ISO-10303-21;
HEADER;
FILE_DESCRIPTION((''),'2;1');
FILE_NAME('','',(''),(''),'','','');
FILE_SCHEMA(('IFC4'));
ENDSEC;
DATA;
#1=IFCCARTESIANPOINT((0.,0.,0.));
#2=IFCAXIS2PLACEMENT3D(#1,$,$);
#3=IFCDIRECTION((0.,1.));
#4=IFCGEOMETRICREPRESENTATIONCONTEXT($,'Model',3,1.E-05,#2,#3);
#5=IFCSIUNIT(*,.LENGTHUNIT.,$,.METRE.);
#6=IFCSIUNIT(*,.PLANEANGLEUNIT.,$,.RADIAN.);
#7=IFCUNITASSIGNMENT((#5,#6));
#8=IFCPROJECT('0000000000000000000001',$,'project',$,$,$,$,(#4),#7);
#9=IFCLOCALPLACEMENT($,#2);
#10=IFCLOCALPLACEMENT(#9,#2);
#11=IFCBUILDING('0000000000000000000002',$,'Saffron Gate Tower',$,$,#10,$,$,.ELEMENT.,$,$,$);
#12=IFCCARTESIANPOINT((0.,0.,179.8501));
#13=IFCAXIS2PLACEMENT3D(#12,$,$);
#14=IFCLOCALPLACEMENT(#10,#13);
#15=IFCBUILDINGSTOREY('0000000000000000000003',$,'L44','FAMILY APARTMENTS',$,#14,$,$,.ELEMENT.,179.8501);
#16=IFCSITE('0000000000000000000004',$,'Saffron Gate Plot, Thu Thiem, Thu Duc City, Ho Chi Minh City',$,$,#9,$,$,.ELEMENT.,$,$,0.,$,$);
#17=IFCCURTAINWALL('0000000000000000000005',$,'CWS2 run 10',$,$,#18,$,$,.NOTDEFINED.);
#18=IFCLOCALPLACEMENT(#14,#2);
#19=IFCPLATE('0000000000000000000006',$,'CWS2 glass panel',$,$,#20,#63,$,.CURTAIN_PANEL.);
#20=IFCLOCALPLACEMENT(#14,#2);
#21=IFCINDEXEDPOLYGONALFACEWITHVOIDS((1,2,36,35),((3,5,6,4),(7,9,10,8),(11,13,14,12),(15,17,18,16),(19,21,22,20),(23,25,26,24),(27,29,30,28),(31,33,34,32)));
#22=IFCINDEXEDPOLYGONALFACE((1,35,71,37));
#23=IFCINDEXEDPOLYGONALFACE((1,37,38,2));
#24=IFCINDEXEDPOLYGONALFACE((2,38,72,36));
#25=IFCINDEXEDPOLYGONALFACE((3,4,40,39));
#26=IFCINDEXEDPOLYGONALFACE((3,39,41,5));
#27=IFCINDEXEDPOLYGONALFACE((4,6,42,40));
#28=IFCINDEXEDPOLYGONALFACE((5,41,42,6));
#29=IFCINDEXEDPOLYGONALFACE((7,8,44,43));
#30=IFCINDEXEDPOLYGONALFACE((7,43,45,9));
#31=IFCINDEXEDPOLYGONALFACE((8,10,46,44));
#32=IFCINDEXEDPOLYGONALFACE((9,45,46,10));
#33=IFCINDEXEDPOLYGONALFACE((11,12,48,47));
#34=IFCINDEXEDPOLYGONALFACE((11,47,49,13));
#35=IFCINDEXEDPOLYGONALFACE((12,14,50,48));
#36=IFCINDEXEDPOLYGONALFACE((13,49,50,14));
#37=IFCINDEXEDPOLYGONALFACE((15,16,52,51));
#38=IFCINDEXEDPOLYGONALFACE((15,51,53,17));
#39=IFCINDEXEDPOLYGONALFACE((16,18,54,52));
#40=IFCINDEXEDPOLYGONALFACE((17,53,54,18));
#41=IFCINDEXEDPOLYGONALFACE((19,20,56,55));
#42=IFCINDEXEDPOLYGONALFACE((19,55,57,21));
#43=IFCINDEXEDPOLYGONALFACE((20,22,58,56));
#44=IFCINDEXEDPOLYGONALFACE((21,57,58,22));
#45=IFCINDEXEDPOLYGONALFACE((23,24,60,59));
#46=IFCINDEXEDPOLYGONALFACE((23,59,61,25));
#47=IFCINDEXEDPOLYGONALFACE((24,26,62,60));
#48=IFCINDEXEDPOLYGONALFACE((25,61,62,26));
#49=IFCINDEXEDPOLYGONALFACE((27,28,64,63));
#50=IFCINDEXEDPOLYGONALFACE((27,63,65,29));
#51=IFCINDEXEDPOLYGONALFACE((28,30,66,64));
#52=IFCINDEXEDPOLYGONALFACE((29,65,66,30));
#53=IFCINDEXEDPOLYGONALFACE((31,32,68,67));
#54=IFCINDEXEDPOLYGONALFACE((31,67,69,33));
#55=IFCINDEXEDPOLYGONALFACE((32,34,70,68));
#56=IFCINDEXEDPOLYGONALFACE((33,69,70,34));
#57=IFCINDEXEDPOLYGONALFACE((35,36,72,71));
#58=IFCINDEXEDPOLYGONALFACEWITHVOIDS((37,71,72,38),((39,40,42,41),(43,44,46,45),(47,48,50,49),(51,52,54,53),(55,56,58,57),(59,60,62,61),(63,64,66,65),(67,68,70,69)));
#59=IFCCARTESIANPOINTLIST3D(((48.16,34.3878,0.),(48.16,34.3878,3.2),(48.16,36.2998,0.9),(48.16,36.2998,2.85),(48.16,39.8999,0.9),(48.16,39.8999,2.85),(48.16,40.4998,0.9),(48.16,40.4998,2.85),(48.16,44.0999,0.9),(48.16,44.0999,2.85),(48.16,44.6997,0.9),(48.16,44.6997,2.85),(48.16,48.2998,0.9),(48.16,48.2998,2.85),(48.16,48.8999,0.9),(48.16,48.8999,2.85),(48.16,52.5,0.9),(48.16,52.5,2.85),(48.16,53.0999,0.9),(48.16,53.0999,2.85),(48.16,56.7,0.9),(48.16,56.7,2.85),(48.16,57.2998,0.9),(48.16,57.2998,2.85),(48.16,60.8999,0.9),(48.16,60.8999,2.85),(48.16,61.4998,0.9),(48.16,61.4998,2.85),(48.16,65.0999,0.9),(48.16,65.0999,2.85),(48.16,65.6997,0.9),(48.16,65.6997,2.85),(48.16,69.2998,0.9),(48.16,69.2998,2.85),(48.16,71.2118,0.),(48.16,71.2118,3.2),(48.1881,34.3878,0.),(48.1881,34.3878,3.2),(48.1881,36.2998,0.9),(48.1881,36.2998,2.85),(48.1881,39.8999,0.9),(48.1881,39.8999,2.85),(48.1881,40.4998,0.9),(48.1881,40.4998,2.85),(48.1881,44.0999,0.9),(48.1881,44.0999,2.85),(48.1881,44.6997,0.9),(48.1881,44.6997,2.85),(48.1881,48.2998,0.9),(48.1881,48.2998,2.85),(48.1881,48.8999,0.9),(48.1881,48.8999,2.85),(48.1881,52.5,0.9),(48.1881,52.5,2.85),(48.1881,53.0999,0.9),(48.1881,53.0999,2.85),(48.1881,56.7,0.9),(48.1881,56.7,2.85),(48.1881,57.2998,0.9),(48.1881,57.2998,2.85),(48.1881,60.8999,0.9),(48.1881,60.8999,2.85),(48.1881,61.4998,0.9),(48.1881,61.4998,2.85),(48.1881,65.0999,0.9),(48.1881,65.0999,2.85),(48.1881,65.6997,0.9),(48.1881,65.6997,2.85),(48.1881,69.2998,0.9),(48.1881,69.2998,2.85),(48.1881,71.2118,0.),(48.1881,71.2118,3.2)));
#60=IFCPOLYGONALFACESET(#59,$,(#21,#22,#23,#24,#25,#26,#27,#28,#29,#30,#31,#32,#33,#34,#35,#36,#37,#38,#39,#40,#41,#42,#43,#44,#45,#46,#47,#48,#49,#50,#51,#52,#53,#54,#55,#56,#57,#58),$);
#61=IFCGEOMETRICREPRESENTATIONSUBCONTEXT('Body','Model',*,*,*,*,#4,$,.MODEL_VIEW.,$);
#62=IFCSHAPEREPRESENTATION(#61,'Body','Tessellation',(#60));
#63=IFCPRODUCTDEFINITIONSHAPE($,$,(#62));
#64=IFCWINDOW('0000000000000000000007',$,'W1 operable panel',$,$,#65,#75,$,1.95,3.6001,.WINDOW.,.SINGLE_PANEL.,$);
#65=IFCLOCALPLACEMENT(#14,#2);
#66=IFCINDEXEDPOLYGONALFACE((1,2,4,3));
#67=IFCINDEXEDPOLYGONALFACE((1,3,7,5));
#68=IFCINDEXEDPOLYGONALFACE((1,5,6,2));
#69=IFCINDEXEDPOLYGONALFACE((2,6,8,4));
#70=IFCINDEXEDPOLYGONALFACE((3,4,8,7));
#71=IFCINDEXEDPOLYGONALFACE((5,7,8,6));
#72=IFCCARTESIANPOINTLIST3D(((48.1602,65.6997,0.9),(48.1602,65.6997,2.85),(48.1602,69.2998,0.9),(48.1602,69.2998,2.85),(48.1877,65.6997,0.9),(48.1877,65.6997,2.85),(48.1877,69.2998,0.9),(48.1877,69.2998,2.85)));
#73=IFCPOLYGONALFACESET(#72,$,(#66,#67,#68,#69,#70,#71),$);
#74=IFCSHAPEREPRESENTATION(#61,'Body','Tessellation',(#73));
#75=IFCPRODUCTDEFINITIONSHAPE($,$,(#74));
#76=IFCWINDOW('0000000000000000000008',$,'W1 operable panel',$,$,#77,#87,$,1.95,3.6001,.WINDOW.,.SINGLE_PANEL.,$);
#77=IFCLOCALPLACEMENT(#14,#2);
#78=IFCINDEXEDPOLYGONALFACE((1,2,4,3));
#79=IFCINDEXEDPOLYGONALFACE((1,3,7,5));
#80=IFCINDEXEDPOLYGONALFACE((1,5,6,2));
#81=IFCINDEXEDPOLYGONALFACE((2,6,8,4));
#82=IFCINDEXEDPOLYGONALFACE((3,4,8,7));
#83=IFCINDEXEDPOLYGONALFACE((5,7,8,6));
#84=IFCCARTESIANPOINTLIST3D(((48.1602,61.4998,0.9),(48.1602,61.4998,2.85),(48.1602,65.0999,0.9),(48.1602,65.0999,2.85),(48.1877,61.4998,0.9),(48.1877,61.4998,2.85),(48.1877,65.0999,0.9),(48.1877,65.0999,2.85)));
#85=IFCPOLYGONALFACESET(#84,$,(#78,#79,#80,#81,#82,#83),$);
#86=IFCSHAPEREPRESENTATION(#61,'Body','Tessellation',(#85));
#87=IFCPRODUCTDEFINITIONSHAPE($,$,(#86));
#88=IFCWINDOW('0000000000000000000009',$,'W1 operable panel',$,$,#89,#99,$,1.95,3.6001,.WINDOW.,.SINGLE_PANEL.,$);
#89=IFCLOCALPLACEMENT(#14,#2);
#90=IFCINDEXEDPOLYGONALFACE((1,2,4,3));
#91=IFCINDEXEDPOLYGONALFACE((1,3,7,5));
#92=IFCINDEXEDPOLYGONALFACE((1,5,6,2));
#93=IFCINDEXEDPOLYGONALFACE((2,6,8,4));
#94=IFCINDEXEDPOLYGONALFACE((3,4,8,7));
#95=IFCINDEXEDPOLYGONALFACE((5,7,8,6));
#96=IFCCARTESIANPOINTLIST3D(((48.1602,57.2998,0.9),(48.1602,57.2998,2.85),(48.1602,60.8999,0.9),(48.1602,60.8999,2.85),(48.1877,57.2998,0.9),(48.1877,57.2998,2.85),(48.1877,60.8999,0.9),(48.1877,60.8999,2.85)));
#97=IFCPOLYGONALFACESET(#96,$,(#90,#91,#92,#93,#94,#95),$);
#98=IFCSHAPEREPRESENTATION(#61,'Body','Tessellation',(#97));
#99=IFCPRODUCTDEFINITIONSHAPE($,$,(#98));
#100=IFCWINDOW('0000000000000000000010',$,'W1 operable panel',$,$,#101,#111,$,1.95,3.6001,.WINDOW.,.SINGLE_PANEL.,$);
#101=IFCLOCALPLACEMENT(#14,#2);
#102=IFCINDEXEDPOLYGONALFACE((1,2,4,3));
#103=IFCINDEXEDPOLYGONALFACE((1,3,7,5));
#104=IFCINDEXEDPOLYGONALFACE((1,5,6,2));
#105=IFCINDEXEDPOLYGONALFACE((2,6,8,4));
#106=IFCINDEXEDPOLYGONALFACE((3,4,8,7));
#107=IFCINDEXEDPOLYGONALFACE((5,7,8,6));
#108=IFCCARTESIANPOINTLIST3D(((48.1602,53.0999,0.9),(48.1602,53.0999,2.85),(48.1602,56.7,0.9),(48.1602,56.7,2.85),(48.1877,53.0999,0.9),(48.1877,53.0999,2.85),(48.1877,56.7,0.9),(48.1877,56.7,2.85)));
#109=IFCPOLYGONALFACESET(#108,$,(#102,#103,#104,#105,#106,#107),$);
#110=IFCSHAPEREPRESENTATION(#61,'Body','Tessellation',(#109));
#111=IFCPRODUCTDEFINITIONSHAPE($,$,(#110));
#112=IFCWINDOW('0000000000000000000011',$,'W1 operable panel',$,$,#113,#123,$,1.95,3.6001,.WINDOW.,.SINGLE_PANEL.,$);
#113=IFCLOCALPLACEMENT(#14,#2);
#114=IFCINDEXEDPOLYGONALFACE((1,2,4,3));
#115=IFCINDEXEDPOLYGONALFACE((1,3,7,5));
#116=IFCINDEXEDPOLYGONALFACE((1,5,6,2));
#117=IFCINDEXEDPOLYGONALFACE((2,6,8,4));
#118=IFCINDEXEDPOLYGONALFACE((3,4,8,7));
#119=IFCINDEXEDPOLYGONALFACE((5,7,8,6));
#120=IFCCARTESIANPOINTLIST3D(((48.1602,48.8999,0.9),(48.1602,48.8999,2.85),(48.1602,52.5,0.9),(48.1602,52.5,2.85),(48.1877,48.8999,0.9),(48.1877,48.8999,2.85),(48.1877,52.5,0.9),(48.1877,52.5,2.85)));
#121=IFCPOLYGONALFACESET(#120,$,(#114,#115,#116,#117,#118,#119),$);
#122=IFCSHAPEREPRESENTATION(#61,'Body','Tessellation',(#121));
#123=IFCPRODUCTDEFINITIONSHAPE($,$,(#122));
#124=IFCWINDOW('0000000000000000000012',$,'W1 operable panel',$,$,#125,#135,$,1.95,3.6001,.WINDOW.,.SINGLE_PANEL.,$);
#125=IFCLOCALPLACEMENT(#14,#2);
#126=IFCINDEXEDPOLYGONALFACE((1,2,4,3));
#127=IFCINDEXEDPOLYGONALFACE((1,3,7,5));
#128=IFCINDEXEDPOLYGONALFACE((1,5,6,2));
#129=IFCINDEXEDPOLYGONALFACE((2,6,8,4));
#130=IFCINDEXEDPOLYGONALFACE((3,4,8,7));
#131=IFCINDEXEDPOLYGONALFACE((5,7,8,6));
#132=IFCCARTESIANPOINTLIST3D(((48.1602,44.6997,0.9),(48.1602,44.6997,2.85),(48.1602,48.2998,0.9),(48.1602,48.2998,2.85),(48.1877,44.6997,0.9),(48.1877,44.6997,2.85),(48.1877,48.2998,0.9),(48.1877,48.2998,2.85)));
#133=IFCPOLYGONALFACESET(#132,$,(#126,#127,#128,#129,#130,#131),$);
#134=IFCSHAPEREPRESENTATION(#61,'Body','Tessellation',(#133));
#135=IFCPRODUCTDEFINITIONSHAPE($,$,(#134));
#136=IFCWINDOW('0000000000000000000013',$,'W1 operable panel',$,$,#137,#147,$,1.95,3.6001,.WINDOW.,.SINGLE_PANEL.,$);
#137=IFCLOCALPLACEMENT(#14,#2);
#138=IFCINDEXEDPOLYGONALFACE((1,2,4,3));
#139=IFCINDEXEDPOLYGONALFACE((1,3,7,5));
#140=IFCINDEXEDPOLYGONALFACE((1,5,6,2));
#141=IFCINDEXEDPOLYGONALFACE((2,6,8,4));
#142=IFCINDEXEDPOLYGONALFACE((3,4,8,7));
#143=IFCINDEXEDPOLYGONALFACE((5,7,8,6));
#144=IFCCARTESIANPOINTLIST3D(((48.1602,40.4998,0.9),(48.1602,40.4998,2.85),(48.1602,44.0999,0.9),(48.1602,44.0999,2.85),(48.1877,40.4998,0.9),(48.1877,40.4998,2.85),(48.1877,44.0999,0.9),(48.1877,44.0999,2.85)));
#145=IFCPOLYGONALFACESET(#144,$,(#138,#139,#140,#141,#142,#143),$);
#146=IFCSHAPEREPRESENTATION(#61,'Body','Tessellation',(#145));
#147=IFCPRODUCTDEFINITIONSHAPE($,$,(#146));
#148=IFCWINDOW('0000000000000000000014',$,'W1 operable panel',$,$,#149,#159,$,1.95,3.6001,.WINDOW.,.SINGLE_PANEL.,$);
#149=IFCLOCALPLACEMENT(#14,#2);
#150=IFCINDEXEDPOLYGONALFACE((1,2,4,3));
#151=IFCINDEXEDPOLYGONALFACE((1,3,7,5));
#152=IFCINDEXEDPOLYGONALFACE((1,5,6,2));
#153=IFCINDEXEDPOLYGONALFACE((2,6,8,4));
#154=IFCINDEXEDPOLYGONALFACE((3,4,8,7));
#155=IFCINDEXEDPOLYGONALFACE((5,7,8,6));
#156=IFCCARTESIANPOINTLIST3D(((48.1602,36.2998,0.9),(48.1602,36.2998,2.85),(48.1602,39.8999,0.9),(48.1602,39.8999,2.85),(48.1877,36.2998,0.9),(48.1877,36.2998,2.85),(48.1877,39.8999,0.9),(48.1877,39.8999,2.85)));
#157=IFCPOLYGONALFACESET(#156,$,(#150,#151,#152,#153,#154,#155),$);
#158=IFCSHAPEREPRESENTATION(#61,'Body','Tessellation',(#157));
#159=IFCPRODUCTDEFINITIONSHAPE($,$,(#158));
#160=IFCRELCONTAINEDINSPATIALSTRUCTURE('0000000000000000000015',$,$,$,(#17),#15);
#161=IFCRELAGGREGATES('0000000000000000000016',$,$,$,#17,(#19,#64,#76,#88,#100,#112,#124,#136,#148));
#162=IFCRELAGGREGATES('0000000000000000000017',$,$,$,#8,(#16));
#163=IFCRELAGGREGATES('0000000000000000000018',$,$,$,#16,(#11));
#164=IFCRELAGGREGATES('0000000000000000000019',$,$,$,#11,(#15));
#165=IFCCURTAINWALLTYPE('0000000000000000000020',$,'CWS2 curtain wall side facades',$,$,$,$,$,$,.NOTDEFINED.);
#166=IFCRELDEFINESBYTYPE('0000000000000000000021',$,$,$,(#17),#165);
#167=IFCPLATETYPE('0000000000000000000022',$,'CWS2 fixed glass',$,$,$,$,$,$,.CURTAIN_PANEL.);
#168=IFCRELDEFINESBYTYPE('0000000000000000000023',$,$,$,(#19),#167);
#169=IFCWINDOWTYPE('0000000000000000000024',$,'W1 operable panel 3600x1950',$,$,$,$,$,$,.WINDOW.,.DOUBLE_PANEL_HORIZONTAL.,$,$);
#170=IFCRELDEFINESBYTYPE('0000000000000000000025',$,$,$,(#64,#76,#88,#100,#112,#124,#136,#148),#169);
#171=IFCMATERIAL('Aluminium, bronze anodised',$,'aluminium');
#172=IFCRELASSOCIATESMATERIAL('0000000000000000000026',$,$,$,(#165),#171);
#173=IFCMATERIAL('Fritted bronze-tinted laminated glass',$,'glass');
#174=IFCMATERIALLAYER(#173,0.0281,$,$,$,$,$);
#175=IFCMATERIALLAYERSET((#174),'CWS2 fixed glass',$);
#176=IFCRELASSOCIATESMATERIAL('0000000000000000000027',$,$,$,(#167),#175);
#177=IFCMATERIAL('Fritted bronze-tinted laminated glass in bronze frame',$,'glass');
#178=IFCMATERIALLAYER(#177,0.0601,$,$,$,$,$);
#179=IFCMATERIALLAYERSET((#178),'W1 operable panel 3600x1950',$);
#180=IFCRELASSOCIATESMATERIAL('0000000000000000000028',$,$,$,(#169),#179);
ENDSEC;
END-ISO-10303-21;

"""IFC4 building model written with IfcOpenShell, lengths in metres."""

from ifc_helpers import new_model, si_unit, direction, frame, frame_2d, origin, place, context, subcontext, project, spatial, rectangle, extrude, material, layer, layer_set, type_object, element, fill, aggregate, save


model = new_model("IFC4")

# Units and contexts
model_context = context("Model", 3, precision=1e-05, world=origin(), true_north=direction((0.0, 1.0)))
body_context = subcontext(model_context, "Body", "Model", "MODEL_VIEW")
ifc_project = project(units=[si_unit("LENGTHUNIT", "METRE"), si_unit("PLANEANGLEUNIT", "RADIAN")], contexts=[model_context])

# Site, building, storey
site_placement = place(None, origin())
site = spatial("IfcSite", under=ifc_project, at=site_placement, Name="Saffron Gate Plot, Thu Thiem, Thu Duc City, Ho Chi Minh City", CompositionType="ELEMENT", RefElevation=0.0)
building_placement = place(site_placement, origin())
building = spatial("IfcBuilding", under=site, at=building_placement, Name="Saffron Gate Tower", CompositionType="ELEMENT")
storey_placement = place(building_placement, frame((0.0, 0.0, 179.8501)))
storey = spatial("IfcBuildingStorey", under=building, at=storey_placement, Name="L44", Description="FAMILY APARTMENTS", CompositionType="ELEMENT", Elevation=179.8501)

# Curtain wall
ifc_material_1 = material(Name="Aluminium, bronze anodised", Category="aluminium")
curtain_wall_type_1 = type_object("IfcCurtainWallType", Name="CWS2 curtain wall side facades", PredefinedType="NOTDEFINED", material=ifc_material_1)
curtain_wall_1_placement = place(storey_placement, origin())
curtain_wall_1 = element("IfcCurtainWall", 1, at=curtain_wall_1_placement, inside=storey, type_object=curtain_wall_type_1, Name="CWS2 run 10", PredefinedType="NOTDEFINED")

# Plate, openings, windows
ifc_material_2 = material(Name="Fritted bronze-tinted laminated glass", Category="glass")
ifc_layer_1 = layer(ifc_material_2, 0.0281)
ifc_layer_set_1 = layer_set([ifc_layer_1], Name="CWS2 fixed glass")
plate_type_1 = type_object("IfcPlateType", Name="CWS2 fixed glass", PredefinedType="CURTAIN_PANEL", material=ifc_layer_set_1)
plate_1_placement = place(storey_placement, frame((48.1741, 71.2119, 0.0), z_axis=(0.0, 0.0, 1.0), x_axis=(0.0, -1.0, 0.0)))
plate_1 = element("IfcPlate", 2, at=plate_1_placement, type_object=plate_type_1, Name="CWS2 glass panel", PredefinedType="CURTAIN_PANEL", context=body_context, shape_type="SweptSolid", body=[
    extrude(rectangle(XDim=36.824, YDim=0.0281, at=frame_2d((18.4121, 0.0))), origin(), (0.0, 0.0, 1.0), 3.2),
])
opening_1_placement = place(plate_1_placement, frame((1.9121, 0.0, 0.8999)))
opening_1 = element("IfcOpeningElement", 3, at=opening_1_placement, cuts=plate_1, PredefinedType="OPENING", context=body_context, shape_type="SweptSolid", body=[
    extrude(rectangle(XDim=3.6001, YDim=1.95, at=frame_2d((1.8, 0.9751))), frame((0.0, 0.0239, 0.0), z_axis=(0.0, -1.0, 0.0), x_axis=(1.0, 0.0, 0.0)), (0.0, 0.0, 1.0), 0.0481),
])
opening_2_placement = place(plate_1_placement, frame((6.1121, 0.0, 0.8999)))
opening_2 = element("IfcOpeningElement", 4, at=opening_2_placement, cuts=plate_1, PredefinedType="OPENING", context=body_context, shape_type="SweptSolid", body=[
    extrude(rectangle(XDim=3.6001, YDim=1.95, at=frame_2d((1.8, 0.9751))), frame((0.0, 0.0239, 0.0), z_axis=(0.0, -1.0, 0.0), x_axis=(1.0, 0.0, 0.0)), (0.0, 0.0, 1.0), 0.0481),
])
opening_3_placement = place(plate_1_placement, frame((10.312, 0.0, 0.8999)))
opening_3 = element("IfcOpeningElement", 5, at=opening_3_placement, cuts=plate_1, PredefinedType="OPENING", context=body_context, shape_type="SweptSolid", body=[
    extrude(rectangle(XDim=3.6001, YDim=1.95, at=frame_2d((1.8, 0.9751))), frame((0.0, 0.0239, 0.0), z_axis=(0.0, -1.0, 0.0), x_axis=(1.0, 0.0, 0.0)), (0.0, 0.0, 1.0), 0.0481),
])
opening_4_placement = place(plate_1_placement, frame((14.512, 0.0, 0.8999)))
opening_4 = element("IfcOpeningElement", 6, at=opening_4_placement, cuts=plate_1, PredefinedType="OPENING", context=body_context, shape_type="SweptSolid", body=[
    extrude(rectangle(XDim=3.6001, YDim=1.95, at=frame_2d((1.8, 0.9751))), frame((0.0, 0.0239, 0.0), z_axis=(0.0, -1.0, 0.0), x_axis=(1.0, 0.0, 0.0)), (0.0, 0.0, 1.0), 0.0481),
])
opening_5_placement = place(plate_1_placement, frame((18.7119, 0.0, 0.8999)))
opening_5 = element("IfcOpeningElement", 7, at=opening_5_placement, cuts=plate_1, PredefinedType="OPENING", context=body_context, shape_type="SweptSolid", body=[
    extrude(rectangle(XDim=3.6001, YDim=1.95, at=frame_2d((1.8, 0.9751))), frame((0.0, 0.0239, 0.0), z_axis=(0.0, -1.0, 0.0), x_axis=(1.0, 0.0, 0.0)), (0.0, 0.0, 1.0), 0.0481),
])
opening_6_placement = place(plate_1_placement, frame((22.9121, 0.0, 0.8999)))
opening_6 = element("IfcOpeningElement", 8, at=opening_6_placement, cuts=plate_1, PredefinedType="OPENING", context=body_context, shape_type="SweptSolid", body=[
    extrude(rectangle(XDim=3.6001, YDim=1.95, at=frame_2d((1.8, 0.9751))), frame((0.0, 0.0239, 0.0), z_axis=(0.0, -1.0, 0.0), x_axis=(1.0, 0.0, 0.0)), (0.0, 0.0, 1.0), 0.0481),
])
opening_7_placement = place(plate_1_placement, frame((27.1121, 0.0, 0.8999)))
opening_7 = element("IfcOpeningElement", 9, at=opening_7_placement, cuts=plate_1, PredefinedType="OPENING", context=body_context, shape_type="SweptSolid", body=[
    extrude(rectangle(XDim=3.6001, YDim=1.95, at=frame_2d((1.8, 0.9751))), frame((0.0, 0.0239, 0.0), z_axis=(0.0, -1.0, 0.0), x_axis=(1.0, 0.0, 0.0)), (0.0, 0.0, 1.0), 0.0481),
])
opening_8_placement = place(plate_1_placement, frame((31.312, 0.0, 0.8999)))
opening_8 = element("IfcOpeningElement", 10, at=opening_8_placement, cuts=plate_1, PredefinedType="OPENING", context=body_context, shape_type="SweptSolid", body=[
    extrude(rectangle(XDim=3.6001, YDim=1.95, at=frame_2d((1.8, 0.9751))), frame((0.0, 0.0239, 0.0), z_axis=(0.0, -1.0, 0.0), x_axis=(1.0, 0.0, 0.0)), (0.0, 0.0, 1.0), 0.0481),
])
ifc_material_3 = material(Name="Fritted bronze-tinted laminated glass in bronze frame", Category="glass")
ifc_layer_2 = layer(ifc_material_3, 0.0601)
ifc_layer_set_2 = layer_set([ifc_layer_2], Name="W1 operable panel 3600x1950")
window_type = type_object("IfcWindowType", Name="W1 operable panel 3600x1950", PartitioningType="DOUBLE_PANEL_HORIZONTAL", PredefinedType="WINDOW", material=ifc_layer_set_2)
window_1_placement = place(opening_1_placement, origin())
window_1 = element("IfcWindow", 11, at=window_1_placement, type_object=window_type, Name="W1 operable panel", OverallHeight=1.95, OverallWidth=3.6001, PartitioningType="SINGLE_PANEL", PredefinedType="WINDOW", context=body_context, shape_type="SweptSolid", body=[
    extrude(rectangle(XDim=3.6001, YDim=1.95, at=frame_2d((1.8, 0.9751))), frame((0.0, 0.0137, 0.0), z_axis=(0.0, -1.0, 0.0), x_axis=(1.0, 0.0, 0.0)), (0.0, 0.0, 1.0), 0.0276),
])
fill(opening_1, window_1)
window_2_placement = place(opening_2_placement, origin())
window_2 = element("IfcWindow", 12, at=window_2_placement, type_object=window_type, Name="W1 operable panel", OverallHeight=1.95, OverallWidth=3.6001, PartitioningType="SINGLE_PANEL", PredefinedType="WINDOW", context=body_context, shape_type="SweptSolid", body=[
    extrude(rectangle(XDim=3.6001, YDim=1.95, at=frame_2d((1.8, 0.9751))), frame((0.0, 0.0137, 0.0), z_axis=(0.0, -1.0, 0.0), x_axis=(1.0, 0.0, 0.0)), (0.0, 0.0, 1.0), 0.0276),
])
fill(opening_2, window_2)
window_3_placement = place(opening_3_placement, origin())
window_3 = element("IfcWindow", 13, at=window_3_placement, type_object=window_type, Name="W1 operable panel", OverallHeight=1.95, OverallWidth=3.6001, PartitioningType="SINGLE_PANEL", PredefinedType="WINDOW", context=body_context, shape_type="SweptSolid", body=[
    extrude(rectangle(XDim=3.6001, YDim=1.95, at=frame_2d((1.8, 0.9751))), frame((0.0, 0.0137, 0.0), z_axis=(0.0, -1.0, 0.0), x_axis=(1.0, 0.0, 0.0)), (0.0, 0.0, 1.0), 0.0276),
])
fill(opening_3, window_3)
window_4_placement = place(opening_4_placement, origin())
window_4 = element("IfcWindow", 14, at=window_4_placement, type_object=window_type, Name="W1 operable panel", OverallHeight=1.95, OverallWidth=3.6001, PartitioningType="SINGLE_PANEL", PredefinedType="WINDOW", context=body_context, shape_type="SweptSolid", body=[
    extrude(rectangle(XDim=3.6001, YDim=1.95, at=frame_2d((1.8, 0.9751))), frame((0.0, 0.0137, 0.0), z_axis=(0.0, -1.0, 0.0), x_axis=(1.0, 0.0, 0.0)), (0.0, 0.0, 1.0), 0.0276),
])
fill(opening_4, window_4)
window_5_placement = place(opening_5_placement, origin())
window_5 = element("IfcWindow", 15, at=window_5_placement, type_object=window_type, Name="W1 operable panel", OverallHeight=1.95, OverallWidth=3.6001, PartitioningType="SINGLE_PANEL", PredefinedType="WINDOW", context=body_context, shape_type="SweptSolid", body=[
    extrude(rectangle(XDim=3.6001, YDim=1.95, at=frame_2d((1.8, 0.9751))), frame((0.0, 0.0137, 0.0), z_axis=(0.0, -1.0, 0.0), x_axis=(1.0, 0.0, 0.0)), (0.0, 0.0, 1.0), 0.0276),
])
fill(opening_5, window_5)
window_6_placement = place(opening_6_placement, origin())
window_6 = element("IfcWindow", 16, at=window_6_placement, type_object=window_type, Name="W1 operable panel", OverallHeight=1.95, OverallWidth=3.6001, PartitioningType="SINGLE_PANEL", PredefinedType="WINDOW", context=body_context, shape_type="SweptSolid", body=[
    extrude(rectangle(XDim=3.6001, YDim=1.95, at=frame_2d((1.8, 0.9751))), frame((0.0, 0.0137, 0.0), z_axis=(0.0, -1.0, 0.0), x_axis=(1.0, 0.0, 0.0)), (0.0, 0.0, 1.0), 0.0276),
])
fill(opening_6, window_6)
window_7_placement = place(opening_7_placement, origin())
window_7 = element("IfcWindow", 17, at=window_7_placement, type_object=window_type, Name="W1 operable panel", OverallHeight=1.95, OverallWidth=3.6001, PartitioningType="SINGLE_PANEL", PredefinedType="WINDOW", context=body_context, shape_type="SweptSolid", body=[
    extrude(rectangle(XDim=3.6001, YDim=1.95, at=frame_2d((1.8, 0.9751))), frame((0.0, 0.0137, 0.0), z_axis=(0.0, -1.0, 0.0), x_axis=(1.0, 0.0, 0.0)), (0.0, 0.0, 1.0), 0.0276),
])
fill(opening_7, window_7)
window_8_placement = place(opening_8_placement, origin())
window_8 = element("IfcWindow", 18, at=window_8_placement, type_object=window_type, Name="W1 operable panel", OverallHeight=1.95, OverallWidth=3.6001, PartitioningType="SINGLE_PANEL", PredefinedType="WINDOW", context=body_context, shape_type="SweptSolid", body=[
    extrude(rectangle(XDim=3.6001, YDim=1.95, at=frame_2d((1.8, 0.9751))), frame((0.0, 0.0137, 0.0), z_axis=(0.0, -1.0, 0.0), x_axis=(1.0, 0.0, 0.0)), (0.0, 0.0, 1.0), 0.0276),
])
fill(opening_8, window_8)
aggregate(curtain_wall_1, [plate_1, window_1, window_2, window_3, window_4, window_5, window_6, window_7, window_8])

save(model, "model.ifc")
